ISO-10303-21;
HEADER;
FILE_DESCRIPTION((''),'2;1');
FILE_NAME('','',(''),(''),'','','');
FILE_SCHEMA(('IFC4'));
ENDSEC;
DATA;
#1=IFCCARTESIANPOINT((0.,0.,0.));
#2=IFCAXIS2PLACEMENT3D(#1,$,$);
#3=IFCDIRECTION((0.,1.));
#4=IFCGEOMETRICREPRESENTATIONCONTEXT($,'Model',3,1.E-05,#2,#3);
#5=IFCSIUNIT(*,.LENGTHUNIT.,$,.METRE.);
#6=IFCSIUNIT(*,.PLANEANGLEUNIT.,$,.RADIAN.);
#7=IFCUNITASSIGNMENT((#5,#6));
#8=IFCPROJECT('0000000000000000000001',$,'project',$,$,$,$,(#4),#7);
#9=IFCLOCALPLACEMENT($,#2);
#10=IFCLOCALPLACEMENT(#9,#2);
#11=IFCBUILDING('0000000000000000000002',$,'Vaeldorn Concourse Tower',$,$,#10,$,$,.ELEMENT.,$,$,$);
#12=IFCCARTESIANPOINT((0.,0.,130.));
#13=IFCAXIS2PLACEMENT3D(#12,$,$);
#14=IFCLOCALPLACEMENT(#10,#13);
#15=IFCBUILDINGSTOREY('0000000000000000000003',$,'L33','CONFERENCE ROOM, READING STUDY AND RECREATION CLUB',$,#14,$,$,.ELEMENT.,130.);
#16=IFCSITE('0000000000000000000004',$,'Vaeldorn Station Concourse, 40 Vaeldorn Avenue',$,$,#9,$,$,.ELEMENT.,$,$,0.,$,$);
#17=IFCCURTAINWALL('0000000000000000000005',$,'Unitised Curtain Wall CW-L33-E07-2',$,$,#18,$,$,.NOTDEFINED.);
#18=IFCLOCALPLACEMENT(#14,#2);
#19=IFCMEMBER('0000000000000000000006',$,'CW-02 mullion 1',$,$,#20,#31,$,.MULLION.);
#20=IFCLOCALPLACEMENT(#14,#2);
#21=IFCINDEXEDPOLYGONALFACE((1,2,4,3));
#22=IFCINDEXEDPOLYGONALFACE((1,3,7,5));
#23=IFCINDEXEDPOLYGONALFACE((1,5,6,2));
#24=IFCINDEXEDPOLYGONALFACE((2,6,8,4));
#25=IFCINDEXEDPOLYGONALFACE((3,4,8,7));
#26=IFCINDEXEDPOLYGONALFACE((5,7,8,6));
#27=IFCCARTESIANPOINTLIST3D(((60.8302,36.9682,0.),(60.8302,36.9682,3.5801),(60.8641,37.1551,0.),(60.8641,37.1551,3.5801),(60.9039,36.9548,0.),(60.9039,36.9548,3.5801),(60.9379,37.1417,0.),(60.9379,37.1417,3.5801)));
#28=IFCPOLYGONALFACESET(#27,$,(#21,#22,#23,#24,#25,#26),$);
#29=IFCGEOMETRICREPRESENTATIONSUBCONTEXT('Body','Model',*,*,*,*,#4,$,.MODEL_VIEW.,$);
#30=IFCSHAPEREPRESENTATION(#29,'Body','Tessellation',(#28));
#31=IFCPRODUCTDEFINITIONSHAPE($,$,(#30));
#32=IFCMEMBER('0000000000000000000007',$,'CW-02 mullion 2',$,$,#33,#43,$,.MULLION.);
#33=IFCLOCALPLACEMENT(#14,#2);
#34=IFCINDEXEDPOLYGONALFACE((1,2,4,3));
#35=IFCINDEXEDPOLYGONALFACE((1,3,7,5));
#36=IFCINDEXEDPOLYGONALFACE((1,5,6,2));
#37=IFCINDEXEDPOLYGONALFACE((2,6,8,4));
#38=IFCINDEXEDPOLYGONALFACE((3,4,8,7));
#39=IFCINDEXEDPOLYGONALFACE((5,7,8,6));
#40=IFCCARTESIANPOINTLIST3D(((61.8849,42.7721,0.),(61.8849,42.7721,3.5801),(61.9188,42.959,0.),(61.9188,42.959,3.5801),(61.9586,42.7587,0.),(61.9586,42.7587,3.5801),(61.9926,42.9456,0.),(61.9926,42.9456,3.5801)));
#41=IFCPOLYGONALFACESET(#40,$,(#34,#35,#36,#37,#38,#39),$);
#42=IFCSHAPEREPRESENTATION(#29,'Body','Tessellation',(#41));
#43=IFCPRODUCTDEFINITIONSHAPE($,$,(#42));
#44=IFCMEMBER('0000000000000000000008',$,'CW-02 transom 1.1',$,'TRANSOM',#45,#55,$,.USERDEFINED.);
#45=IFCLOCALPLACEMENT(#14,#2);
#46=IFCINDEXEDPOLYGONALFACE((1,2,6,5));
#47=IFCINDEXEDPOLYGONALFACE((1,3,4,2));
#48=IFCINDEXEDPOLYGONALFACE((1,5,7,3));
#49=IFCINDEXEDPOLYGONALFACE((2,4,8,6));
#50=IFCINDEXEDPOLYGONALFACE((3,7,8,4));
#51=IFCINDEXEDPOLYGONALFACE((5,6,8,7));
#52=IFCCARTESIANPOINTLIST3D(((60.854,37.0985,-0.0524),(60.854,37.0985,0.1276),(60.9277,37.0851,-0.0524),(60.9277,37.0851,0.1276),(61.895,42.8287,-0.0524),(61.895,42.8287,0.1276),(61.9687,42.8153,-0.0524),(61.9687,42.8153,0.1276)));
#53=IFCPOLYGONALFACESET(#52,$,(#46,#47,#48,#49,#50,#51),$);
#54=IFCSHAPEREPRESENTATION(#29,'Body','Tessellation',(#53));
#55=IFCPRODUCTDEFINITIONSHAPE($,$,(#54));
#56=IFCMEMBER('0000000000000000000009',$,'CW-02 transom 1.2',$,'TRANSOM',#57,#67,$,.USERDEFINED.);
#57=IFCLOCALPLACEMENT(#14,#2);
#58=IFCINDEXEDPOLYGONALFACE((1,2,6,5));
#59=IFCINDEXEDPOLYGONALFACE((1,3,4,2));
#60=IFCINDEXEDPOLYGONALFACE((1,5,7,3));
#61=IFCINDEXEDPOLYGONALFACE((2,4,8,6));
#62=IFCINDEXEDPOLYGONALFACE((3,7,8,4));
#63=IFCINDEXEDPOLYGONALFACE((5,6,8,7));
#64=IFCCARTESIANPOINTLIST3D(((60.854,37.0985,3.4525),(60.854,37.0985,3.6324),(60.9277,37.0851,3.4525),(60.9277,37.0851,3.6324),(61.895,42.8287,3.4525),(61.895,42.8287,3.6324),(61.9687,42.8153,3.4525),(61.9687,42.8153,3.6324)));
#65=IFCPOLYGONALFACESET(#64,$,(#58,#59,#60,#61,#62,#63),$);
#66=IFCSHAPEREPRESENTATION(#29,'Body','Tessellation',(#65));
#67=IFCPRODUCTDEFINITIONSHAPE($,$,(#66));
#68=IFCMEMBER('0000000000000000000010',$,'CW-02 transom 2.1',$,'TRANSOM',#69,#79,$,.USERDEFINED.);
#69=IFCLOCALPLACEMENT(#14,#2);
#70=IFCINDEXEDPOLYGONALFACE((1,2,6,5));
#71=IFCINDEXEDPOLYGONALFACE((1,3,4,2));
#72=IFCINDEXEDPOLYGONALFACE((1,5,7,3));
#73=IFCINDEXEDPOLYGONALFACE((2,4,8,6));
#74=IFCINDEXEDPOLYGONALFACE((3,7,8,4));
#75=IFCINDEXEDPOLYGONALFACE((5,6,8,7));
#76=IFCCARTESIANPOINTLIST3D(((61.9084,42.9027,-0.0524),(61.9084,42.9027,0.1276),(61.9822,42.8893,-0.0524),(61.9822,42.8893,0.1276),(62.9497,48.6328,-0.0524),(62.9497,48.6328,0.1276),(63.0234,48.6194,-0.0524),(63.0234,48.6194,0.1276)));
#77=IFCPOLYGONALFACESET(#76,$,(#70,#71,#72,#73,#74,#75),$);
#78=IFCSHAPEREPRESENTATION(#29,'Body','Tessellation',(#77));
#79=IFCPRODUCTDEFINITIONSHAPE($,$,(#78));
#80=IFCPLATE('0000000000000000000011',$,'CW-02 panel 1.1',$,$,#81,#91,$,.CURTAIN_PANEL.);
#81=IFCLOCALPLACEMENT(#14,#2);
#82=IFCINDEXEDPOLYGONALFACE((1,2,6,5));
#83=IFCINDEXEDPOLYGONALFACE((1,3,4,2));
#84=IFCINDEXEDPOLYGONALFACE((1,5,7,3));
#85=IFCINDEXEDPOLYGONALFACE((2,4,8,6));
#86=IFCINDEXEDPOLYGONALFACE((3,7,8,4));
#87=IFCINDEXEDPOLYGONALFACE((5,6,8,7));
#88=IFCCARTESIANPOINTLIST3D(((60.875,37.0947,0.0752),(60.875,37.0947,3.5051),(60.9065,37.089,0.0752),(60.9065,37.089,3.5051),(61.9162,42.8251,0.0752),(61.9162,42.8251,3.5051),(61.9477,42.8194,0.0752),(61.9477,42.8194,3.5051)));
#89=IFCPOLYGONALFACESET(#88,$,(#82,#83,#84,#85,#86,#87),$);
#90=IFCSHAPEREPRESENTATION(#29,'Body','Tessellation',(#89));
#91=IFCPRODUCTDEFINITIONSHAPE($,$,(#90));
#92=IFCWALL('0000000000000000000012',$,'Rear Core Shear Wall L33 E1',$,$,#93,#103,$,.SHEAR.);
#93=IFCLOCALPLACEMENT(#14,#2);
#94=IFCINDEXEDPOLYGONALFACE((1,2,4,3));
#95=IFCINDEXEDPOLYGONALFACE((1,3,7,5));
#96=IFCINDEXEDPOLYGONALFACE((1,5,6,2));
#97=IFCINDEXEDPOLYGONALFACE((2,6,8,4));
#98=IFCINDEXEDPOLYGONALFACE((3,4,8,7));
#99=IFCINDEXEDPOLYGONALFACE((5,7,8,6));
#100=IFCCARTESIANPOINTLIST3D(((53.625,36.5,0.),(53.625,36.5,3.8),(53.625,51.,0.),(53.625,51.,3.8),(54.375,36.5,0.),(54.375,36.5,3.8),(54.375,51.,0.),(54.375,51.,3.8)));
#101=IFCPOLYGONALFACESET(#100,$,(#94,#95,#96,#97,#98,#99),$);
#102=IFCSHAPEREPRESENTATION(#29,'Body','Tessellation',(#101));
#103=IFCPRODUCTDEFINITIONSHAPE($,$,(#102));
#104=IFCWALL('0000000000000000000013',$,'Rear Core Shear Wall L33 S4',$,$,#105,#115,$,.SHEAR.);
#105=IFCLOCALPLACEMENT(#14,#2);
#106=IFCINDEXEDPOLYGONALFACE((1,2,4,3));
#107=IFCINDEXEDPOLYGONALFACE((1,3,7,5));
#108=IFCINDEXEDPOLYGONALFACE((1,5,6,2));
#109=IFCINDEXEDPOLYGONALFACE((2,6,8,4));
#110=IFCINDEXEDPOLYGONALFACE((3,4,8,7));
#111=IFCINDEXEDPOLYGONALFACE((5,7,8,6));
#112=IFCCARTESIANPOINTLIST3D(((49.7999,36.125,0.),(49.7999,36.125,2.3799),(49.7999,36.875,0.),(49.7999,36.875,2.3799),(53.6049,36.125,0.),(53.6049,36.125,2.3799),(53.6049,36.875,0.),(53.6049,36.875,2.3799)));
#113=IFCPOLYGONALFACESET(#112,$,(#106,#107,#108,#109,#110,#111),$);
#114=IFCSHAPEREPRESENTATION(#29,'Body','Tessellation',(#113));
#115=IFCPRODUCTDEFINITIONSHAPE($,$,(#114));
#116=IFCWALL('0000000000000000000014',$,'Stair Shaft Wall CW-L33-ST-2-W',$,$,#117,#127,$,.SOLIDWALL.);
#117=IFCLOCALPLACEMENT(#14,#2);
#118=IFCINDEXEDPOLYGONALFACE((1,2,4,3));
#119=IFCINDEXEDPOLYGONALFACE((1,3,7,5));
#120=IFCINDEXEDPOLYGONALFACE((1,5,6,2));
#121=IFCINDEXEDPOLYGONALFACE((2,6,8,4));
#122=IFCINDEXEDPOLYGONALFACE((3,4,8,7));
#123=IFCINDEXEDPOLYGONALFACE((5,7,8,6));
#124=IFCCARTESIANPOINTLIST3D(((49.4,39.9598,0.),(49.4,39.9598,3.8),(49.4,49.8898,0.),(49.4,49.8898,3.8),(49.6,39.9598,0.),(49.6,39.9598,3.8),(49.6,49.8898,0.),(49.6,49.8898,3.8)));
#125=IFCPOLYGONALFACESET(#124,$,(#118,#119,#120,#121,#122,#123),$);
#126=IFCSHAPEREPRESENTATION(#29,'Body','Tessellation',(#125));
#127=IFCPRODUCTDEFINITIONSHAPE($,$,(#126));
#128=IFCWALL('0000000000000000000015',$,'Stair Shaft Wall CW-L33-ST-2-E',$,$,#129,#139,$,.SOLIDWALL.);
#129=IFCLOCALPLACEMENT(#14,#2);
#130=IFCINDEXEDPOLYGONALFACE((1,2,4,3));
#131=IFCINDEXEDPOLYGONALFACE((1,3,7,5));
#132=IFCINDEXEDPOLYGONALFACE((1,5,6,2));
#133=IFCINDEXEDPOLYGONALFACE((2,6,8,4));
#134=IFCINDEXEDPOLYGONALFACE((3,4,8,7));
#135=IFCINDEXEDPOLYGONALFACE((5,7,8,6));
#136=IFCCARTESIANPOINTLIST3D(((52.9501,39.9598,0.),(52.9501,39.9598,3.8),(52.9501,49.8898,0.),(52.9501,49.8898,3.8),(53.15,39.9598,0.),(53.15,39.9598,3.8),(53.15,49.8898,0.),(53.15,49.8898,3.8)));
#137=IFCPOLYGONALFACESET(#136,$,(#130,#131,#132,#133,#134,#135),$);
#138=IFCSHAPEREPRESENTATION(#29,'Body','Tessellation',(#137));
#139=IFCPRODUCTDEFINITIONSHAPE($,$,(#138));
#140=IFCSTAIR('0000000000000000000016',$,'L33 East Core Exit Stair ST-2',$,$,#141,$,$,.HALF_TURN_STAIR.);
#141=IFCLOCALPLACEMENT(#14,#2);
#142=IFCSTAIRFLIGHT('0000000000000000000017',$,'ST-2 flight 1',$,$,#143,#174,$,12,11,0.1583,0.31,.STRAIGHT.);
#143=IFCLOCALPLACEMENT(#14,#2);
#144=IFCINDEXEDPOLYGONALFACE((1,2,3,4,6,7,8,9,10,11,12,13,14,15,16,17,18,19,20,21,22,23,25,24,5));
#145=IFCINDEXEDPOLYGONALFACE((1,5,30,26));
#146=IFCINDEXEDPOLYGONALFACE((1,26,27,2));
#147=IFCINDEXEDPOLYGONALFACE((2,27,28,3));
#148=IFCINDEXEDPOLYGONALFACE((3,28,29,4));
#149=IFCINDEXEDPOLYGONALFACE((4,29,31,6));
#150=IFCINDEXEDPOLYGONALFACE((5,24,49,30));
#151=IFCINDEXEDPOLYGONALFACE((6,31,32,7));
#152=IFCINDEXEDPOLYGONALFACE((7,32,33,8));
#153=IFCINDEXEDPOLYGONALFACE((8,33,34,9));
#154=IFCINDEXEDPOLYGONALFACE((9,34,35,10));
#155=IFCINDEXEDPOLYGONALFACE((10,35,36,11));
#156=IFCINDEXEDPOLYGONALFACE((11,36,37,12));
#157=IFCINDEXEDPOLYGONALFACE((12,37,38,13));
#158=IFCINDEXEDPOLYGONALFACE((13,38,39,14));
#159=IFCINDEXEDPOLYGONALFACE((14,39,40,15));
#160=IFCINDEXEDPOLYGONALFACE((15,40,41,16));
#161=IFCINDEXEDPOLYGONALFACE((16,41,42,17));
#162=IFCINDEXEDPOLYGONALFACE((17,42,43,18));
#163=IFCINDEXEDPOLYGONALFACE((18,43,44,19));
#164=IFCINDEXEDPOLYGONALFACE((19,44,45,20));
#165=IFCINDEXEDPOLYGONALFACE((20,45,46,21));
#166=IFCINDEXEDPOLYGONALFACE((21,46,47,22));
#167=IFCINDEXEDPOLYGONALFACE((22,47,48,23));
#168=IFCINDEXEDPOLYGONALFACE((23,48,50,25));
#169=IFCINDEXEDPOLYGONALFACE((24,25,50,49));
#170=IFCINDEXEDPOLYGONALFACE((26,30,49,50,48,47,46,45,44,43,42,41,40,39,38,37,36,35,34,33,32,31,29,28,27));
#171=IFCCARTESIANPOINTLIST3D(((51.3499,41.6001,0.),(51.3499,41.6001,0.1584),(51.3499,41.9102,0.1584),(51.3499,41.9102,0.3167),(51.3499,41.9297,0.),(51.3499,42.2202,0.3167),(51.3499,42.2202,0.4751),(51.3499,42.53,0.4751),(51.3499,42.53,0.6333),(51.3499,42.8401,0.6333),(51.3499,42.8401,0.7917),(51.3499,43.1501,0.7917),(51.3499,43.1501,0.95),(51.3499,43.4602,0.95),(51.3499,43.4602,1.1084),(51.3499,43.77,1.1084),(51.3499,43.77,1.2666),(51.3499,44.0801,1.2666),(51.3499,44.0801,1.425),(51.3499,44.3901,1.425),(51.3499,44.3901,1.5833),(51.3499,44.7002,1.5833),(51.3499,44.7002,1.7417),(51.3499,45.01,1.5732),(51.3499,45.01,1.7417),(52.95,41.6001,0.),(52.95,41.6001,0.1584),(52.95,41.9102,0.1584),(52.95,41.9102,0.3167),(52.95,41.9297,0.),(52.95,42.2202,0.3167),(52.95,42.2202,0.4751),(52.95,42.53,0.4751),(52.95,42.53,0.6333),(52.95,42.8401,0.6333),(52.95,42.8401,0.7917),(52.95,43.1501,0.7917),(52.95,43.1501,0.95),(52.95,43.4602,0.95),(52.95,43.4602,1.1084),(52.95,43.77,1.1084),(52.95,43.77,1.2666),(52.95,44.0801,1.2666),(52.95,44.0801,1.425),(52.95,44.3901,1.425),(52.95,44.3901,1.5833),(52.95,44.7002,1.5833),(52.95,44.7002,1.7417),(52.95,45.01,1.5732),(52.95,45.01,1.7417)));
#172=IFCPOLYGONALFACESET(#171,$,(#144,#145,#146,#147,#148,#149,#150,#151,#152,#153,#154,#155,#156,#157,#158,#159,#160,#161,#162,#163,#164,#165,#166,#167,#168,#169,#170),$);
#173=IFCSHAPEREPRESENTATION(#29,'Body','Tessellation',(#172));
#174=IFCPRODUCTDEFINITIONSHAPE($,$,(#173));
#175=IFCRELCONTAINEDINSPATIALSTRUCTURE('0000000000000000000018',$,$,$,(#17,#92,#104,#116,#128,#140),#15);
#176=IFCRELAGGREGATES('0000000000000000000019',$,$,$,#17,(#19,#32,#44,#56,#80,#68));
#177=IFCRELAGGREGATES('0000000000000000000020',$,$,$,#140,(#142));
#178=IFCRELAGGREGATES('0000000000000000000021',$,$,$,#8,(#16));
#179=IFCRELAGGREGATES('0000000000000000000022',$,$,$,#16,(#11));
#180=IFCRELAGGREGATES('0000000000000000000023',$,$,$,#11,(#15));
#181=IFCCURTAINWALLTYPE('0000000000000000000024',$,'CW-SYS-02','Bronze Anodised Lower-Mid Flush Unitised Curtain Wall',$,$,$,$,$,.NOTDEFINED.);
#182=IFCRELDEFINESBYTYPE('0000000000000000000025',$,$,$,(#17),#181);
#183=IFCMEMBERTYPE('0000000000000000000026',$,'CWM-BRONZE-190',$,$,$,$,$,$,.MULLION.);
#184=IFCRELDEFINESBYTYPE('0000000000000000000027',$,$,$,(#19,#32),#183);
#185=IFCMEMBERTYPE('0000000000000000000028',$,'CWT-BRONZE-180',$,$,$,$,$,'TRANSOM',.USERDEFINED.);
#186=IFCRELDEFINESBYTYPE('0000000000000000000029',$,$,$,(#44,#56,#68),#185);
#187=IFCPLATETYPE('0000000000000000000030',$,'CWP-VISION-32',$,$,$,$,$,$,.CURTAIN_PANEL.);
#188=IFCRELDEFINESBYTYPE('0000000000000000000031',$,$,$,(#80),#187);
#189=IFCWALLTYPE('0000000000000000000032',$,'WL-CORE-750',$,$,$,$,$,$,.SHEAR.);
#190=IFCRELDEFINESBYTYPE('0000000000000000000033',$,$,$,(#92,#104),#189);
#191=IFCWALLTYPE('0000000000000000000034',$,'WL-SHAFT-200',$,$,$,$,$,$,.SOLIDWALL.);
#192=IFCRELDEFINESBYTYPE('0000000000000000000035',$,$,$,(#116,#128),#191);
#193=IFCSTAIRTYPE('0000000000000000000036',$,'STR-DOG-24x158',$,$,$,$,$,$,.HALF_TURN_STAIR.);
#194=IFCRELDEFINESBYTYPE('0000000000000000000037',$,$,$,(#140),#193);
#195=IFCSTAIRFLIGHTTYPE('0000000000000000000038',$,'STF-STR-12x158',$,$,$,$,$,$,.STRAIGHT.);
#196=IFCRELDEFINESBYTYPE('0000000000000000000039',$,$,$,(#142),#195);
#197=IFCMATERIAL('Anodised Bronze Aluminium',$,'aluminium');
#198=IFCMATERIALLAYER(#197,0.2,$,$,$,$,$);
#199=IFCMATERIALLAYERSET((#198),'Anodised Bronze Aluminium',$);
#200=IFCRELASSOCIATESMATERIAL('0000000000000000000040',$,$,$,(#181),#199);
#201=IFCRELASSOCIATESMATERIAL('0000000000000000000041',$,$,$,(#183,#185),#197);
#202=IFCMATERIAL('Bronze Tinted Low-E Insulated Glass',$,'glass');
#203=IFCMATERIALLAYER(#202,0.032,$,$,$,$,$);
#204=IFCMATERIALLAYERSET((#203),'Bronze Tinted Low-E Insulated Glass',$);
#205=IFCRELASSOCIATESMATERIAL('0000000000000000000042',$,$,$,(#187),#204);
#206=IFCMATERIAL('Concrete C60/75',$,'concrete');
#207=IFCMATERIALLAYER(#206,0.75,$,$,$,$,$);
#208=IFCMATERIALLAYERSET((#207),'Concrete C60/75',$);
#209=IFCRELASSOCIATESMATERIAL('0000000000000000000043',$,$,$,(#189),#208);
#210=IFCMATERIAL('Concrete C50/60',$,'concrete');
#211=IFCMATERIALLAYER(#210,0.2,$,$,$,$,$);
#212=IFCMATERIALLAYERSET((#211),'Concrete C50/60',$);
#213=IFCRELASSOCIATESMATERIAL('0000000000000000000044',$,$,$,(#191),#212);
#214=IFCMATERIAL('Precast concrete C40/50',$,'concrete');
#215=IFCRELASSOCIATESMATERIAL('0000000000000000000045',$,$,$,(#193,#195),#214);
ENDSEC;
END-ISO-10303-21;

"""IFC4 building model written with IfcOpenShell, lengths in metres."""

from ifc_helpers import new_model, si_unit, direction, frame, frame_2d, origin, origin_2d, place, context, subcontext, project, spatial, polyline, rectangle, outline, extrude, source, transform, mapped, material, layer, layer_set, material_profile, profile_set, type_object, element, aggregate, save


model = new_model("IFC4")

# Units and contexts
model_context = context("Model", 3, precision=1e-05, world=origin(), true_north=direction((0.0, 1.0)))
body_context = subcontext(model_context, "Body", "Model", "MODEL_VIEW")
ifc_project = project(units=[si_unit("LENGTHUNIT", "METRE"), si_unit("PLANEANGLEUNIT", "RADIAN")], contexts=[model_context])

# Site, building, storey
site_placement = place(None, origin())
site = spatial("IfcSite", under=ifc_project, at=site_placement, Name="Vaeldorn Station Concourse, 40 Vaeldorn Avenue", CompositionType="ELEMENT", RefElevation=0.0)
building_placement = place(site_placement, origin())
building = spatial("IfcBuilding", under=site, at=building_placement, Name="Vaeldorn Concourse Tower", CompositionType="ELEMENT")
storey_placement = place(building_placement, frame((0.0, 0.0, 130.0)))
storey = spatial("IfcBuildingStorey", under=building, at=storey_placement, Name="L33", Description="CONFERENCE ROOM, READING STUDY AND RECREATION CLUB", CompositionType="ELEMENT", Elevation=130.0)

# Shared definitions
ifc_material_1 = material(Name="Concrete C60/75", Category="concrete")

# Curtain wall, members, plate
ifc_material_2 = material(Name="Anodised Bronze Aluminium", Category="aluminium")
ifc_layer_1 = layer(ifc_material_2, 0.2)
ifc_layer_set_1 = layer_set([ifc_layer_1], Name="Anodised Bronze Aluminium")
curtain_wall_type = type_object("IfcCurtainWallType", Name="CW-SYS-02", Description="Bronze Anodised Lower-Mid Flush Unitised Curtain Wall", PredefinedType="NOTDEFINED", material=ifc_layer_set_1)
curtain_wall_placement = place(storey_placement, origin())
curtain_wall = element("IfcCurtainWall", 1, at=curtain_wall_placement, inside=storey, type_object=curtain_wall_type, Name="Unitised Curtain Wall CW-L33-E07-2", PredefinedType="NOTDEFINED")
ifc_material_profile_1 = material_profile(ifc_material_2, rectangle(XDim=0.075, YDim=0.1899, at=origin_2d()), Name="CWM 75x190")
ifc_profile_set_1 = profile_set([ifc_material_profile_1], Name="Anodised Bronze Aluminium")
member_type_1 = type_object("IfcMemberType", Name="CWM-BRONZE-190", PredefinedType="MULLION", material=ifc_profile_set_1)
shared_shape_1 = source(origin(), body_context, "Body", "SweptSolid", [
    extrude(rectangle(XDim=0.075, YDim=0.1899, at=origin_2d()), origin(), (0.0, 0.0, 1.0), 3.5801),
])
member_1_placement = place(storey_placement, frame((60.884, 37.0549, 0.0), z_axis=(0.0, 0.0, 1.0), x_axis=(-0.983891, 0.178771, 0.0)))
member_1 = element("IfcMember", 2, at=member_1_placement, type_object=member_type_1, Name="CW-02 mullion 1", PredefinedType="MULLION", context=body_context, shape_type="MappedRepresentation", body=[
    mapped(shared_shape_1, transform((0.0, 0.0, 0.0), scale=1.0)),
])
member_2_placement = place(storey_placement, frame((61.9387, 42.8589, 0.0), z_axis=(0.0, 0.0, 1.0), x_axis=(-0.983891, 0.178771, 0.0)))
member_2 = element("IfcMember", 3, at=member_2_placement, type_object=member_type_1, Name="CW-02 mullion 2", PredefinedType="MULLION", context=body_context, shape_type="MappedRepresentation", body=[
    mapped(shared_shape_1, transform((0.0, 0.0, 0.0), scale=1.0)),
])
ifc_material_profile_2 = material_profile(ifc_material_2, rectangle(XDim=0.075, YDim=0.1799, at=origin_2d()), Name="CWT 75x180")
ifc_profile_set_2 = profile_set([ifc_material_profile_2], Name="Anodised Bronze Aluminium")
member_type_2 = type_object("IfcMemberType", Name="CWT-BRONZE-180", ElementType="TRANSOM", PredefinedType="USERDEFINED", material=ifc_profile_set_2)
shared_shape_2 = source(origin(), body_context, "Body", "SweptSolid", [
    extrude(rectangle(XDim=0.075, YDim=0.1799, at=origin_2d()), origin(), (0.0, 0.0, 1.0), 5.824),
])
member_3_placement = place(storey_placement, frame((60.8909, 37.0918, 0.0376), z_axis=(0.178745, 0.983895, 0.0), x_axis=(-0.983895, 0.178745, 0.0)))
member_3 = element("IfcMember", 4, at=member_3_placement, type_object=member_type_2, Name="CW-02 transom 1.1", ObjectType="TRANSOM", PredefinedType="USERDEFINED", context=body_context, shape_type="MappedRepresentation", body=[
    mapped(shared_shape_2, transform((0.0, 0.0, 0.0), scale=1.0)),
])
member_4_placement = place(storey_placement, frame((60.8909, 37.0918, 3.5425), z_axis=(0.178745, 0.983895, 0.0), x_axis=(-0.983895, 0.178745, 0.0)))
member_4 = element("IfcMember", 5, at=member_4_placement, type_object=member_type_2, Name="CW-02 transom 1.2", ObjectType="TRANSOM", PredefinedType="USERDEFINED", context=body_context, shape_type="MappedRepresentation", body=[
    mapped(shared_shape_2, transform((0.0, 0.0, 0.0), scale=1.0)),
])
member_5_placement = place(storey_placement, frame((61.9453, 42.896, 0.0376), z_axis=(0.178786, 0.983888, 0.0), x_axis=(-0.983888, 0.178786, 0.0)))
member_5 = element("IfcMember", 6, at=member_5_placement, type_object=member_type_2, Name="CW-02 transom 2.1", ObjectType="TRANSOM", PredefinedType="USERDEFINED", context=body_context, shape_type="MappedRepresentation", body=[
    mapped(shared_shape_2, transform((0.0, 0.0, 0.0), scale=1.0)),
])
ifc_material_3 = material(Name="Bronze Tinted Low-E Insulated Glass", Category="glass")
ifc_layer_2 = layer(ifc_material_3, 0.032)
ifc_layer_set_2 = layer_set([ifc_layer_2], Name="Bronze Tinted Low-E Insulated Glass")
plate_type = type_object("IfcPlateType", Name="CWP-VISION-32", PredefinedType="CURTAIN_PANEL", material=ifc_layer_set_2)
shared_shape_3 = source(origin(), body_context, "Body", "SweptSolid", [
    extrude(rectangle(XDim=5.8242, YDim=0.032, at=origin_2d()), origin(), (0.0, 0.0, 1.0), 3.4299),
])
plate_placement = place(storey_placement, frame((61.4114, 39.957, 0.0752), z_axis=(0.0, 0.0, 1.0), x_axis=(0.178771, 0.983891, 0.0)))
plate = element("IfcPlate", 7, at=plate_placement, type_object=plate_type, Name="CW-02 panel 1.1", PredefinedType="CURTAIN_PANEL", context=body_context, shape_type="MappedRepresentation", body=[
    mapped(shared_shape_3, transform((0.0, 0.0, 0.0), scale=1.0)),
])
aggregate(curtain_wall, [member_1, member_2, member_3, member_4, plate, member_5])

# Walls
ifc_layer_3 = layer(ifc_material_1, 0.75)
ifc_layer_set_3 = layer_set([ifc_layer_3], Name="Concrete C60/75")
wall_type_1 = type_object("IfcWallType", Name="WL-CORE-750", PredefinedType="SHEAR", material=ifc_layer_set_3)
wall_1_placement = place(storey_placement, frame((54.0, 36.5, 0.0), z_axis=(0.0, 0.0, 1.0), x_axis=(0.0, 1.0, 0.0)))
element("IfcWall", 8, at=wall_1_placement, inside=storey, type_object=wall_type_1, Name="Rear Core Shear Wall L33 E1", PredefinedType="SHEAR", context=body_context, shape_type="SweptSolid", body=[
    extrude(rectangle(XDim=14.5, YDim=0.75, at=frame_2d((7.25, 0.0))), origin(), (0.0, 0.0, 1.0), 3.8),
])
wall_2_placement = place(storey_placement, frame((49.8, 36.5, 0.0), z_axis=(0.0, 0.0, 1.0), x_axis=(1.0, 0.0, 0.0)))
element("IfcWall", 9, at=wall_2_placement, inside=storey, type_object=wall_type_1, Name="Rear Core Shear Wall L33 S4", PredefinedType="SHEAR", context=body_context, shape_type="SweptSolid", body=[
    extrude(rectangle(XDim=3.8049, YDim=0.75, at=frame_2d((1.9023, 0.0))), origin(), (0.0, 0.0, 1.0), 2.3799),
])

# Shared definitions
ifc_material_4 = material(Name="Concrete C50/60", Category="concrete")
ifc_layer_4 = layer(ifc_material_4, 0.2)
ifc_layer_set_4 = layer_set([ifc_layer_4], Name="Concrete C50/60")
wall_type_2 = type_object("IfcWallType", Name="WL-SHAFT-200", PredefinedType="SOLIDWALL", material=ifc_layer_set_4)

# Walls
for number, where, z_axis, x_axis, name in (
    (10, (49.5, 39.96, 0.0), (0.0, 0.0, 1.0), (0.0, 1.0, 0.0), "Stair Shaft Wall CW-L33-ST-2-W"),
    (11, (53.05, 39.96, 0.0), (0.0, 0.0, 1.0), (0.0, 1.0, 0.0), "Stair Shaft Wall CW-L33-ST-2-E"),
):
    element("IfcWall", number, at=place(storey_placement, frame(where, z_axis=z_axis, x_axis=x_axis)), inside=storey, type_object=wall_type_2, Name=name, PredefinedType="SOLIDWALL", context=body_context, shape_type="SweptSolid", body=[
        extrude(rectangle(XDim=9.9299, YDim=0.2, at=frame_2d((4.9648, 0.0))), origin(), (0.0, 0.0, 1.0), 3.8),
    ])

# Stair, stair flight
ifc_material_5 = material(Name="Precast concrete C40/50", Category="concrete")
stair_type = type_object("IfcStairType", Name="STR-DOG-24x158", PredefinedType="HALF_TURN_STAIR", material=ifc_material_5)
stair_placement = place(storey_placement, origin())
stair = element("IfcStair", 12, at=stair_placement, inside=storey, type_object=stair_type, Name="L33 East Core Exit Stair ST-2", PredefinedType="HALF_TURN_STAIR")
stair_flight_type = type_object("IfcStairFlightType", Name="STF-STR-12x158", PredefinedType="STRAIGHT", material=ifc_material_5)
stair_flight_placement = place(storey_placement, frame((52.1499, 41.6001, 0.0), z_axis=(0.0, 0.0, 1.0), x_axis=(0.0, 1.0, 0.0)))
stair_flight = element("IfcStairFlight", 13, at=stair_flight_placement, type_object=stair_flight_type, Name="ST-2 flight 1", NumberOfRisers=12, NumberOfTreads=11, PredefinedType="STRAIGHT", RiserHeight=0.1583, TreadLength=0.31, context=body_context, shape_type="SweptSolid", body=[
    extrude(outline(polyline([(0.0, 0.0), (0.0, 0.1584), (0.3101, 0.1584), (0.3101, 0.3167), (0.6201, 0.3167), (0.6201, 0.4751), (0.9299, 0.4751), (0.9299, 0.6333), (1.24, 0.6333), (1.24, 0.7917), (1.55, 0.7917), (1.55, 0.95), (1.8601, 0.95), (1.8601, 1.1084), (2.1699, 1.1084), (2.1699, 1.2666), (2.48, 1.2666), (2.48, 1.425), (2.79, 1.425), (2.79, 1.5833), (3.1001, 1.5833), (3.1001, 1.7417), (3.4099, 1.7417), (3.4099, 1.8999), (3.4099, 1.5732), (0.3296, 0.0), (0.0, 0.0)])), frame((0.0, 0.8, 0.0), z_axis=(0.0, -1.0, 0.0), x_axis=(1.0, 0.0, 0.0)), (0.0, 0.0, 1.0), 1.6001),
])
aggregate(stair, [stair_flight])

save(model, "model.ifc")
